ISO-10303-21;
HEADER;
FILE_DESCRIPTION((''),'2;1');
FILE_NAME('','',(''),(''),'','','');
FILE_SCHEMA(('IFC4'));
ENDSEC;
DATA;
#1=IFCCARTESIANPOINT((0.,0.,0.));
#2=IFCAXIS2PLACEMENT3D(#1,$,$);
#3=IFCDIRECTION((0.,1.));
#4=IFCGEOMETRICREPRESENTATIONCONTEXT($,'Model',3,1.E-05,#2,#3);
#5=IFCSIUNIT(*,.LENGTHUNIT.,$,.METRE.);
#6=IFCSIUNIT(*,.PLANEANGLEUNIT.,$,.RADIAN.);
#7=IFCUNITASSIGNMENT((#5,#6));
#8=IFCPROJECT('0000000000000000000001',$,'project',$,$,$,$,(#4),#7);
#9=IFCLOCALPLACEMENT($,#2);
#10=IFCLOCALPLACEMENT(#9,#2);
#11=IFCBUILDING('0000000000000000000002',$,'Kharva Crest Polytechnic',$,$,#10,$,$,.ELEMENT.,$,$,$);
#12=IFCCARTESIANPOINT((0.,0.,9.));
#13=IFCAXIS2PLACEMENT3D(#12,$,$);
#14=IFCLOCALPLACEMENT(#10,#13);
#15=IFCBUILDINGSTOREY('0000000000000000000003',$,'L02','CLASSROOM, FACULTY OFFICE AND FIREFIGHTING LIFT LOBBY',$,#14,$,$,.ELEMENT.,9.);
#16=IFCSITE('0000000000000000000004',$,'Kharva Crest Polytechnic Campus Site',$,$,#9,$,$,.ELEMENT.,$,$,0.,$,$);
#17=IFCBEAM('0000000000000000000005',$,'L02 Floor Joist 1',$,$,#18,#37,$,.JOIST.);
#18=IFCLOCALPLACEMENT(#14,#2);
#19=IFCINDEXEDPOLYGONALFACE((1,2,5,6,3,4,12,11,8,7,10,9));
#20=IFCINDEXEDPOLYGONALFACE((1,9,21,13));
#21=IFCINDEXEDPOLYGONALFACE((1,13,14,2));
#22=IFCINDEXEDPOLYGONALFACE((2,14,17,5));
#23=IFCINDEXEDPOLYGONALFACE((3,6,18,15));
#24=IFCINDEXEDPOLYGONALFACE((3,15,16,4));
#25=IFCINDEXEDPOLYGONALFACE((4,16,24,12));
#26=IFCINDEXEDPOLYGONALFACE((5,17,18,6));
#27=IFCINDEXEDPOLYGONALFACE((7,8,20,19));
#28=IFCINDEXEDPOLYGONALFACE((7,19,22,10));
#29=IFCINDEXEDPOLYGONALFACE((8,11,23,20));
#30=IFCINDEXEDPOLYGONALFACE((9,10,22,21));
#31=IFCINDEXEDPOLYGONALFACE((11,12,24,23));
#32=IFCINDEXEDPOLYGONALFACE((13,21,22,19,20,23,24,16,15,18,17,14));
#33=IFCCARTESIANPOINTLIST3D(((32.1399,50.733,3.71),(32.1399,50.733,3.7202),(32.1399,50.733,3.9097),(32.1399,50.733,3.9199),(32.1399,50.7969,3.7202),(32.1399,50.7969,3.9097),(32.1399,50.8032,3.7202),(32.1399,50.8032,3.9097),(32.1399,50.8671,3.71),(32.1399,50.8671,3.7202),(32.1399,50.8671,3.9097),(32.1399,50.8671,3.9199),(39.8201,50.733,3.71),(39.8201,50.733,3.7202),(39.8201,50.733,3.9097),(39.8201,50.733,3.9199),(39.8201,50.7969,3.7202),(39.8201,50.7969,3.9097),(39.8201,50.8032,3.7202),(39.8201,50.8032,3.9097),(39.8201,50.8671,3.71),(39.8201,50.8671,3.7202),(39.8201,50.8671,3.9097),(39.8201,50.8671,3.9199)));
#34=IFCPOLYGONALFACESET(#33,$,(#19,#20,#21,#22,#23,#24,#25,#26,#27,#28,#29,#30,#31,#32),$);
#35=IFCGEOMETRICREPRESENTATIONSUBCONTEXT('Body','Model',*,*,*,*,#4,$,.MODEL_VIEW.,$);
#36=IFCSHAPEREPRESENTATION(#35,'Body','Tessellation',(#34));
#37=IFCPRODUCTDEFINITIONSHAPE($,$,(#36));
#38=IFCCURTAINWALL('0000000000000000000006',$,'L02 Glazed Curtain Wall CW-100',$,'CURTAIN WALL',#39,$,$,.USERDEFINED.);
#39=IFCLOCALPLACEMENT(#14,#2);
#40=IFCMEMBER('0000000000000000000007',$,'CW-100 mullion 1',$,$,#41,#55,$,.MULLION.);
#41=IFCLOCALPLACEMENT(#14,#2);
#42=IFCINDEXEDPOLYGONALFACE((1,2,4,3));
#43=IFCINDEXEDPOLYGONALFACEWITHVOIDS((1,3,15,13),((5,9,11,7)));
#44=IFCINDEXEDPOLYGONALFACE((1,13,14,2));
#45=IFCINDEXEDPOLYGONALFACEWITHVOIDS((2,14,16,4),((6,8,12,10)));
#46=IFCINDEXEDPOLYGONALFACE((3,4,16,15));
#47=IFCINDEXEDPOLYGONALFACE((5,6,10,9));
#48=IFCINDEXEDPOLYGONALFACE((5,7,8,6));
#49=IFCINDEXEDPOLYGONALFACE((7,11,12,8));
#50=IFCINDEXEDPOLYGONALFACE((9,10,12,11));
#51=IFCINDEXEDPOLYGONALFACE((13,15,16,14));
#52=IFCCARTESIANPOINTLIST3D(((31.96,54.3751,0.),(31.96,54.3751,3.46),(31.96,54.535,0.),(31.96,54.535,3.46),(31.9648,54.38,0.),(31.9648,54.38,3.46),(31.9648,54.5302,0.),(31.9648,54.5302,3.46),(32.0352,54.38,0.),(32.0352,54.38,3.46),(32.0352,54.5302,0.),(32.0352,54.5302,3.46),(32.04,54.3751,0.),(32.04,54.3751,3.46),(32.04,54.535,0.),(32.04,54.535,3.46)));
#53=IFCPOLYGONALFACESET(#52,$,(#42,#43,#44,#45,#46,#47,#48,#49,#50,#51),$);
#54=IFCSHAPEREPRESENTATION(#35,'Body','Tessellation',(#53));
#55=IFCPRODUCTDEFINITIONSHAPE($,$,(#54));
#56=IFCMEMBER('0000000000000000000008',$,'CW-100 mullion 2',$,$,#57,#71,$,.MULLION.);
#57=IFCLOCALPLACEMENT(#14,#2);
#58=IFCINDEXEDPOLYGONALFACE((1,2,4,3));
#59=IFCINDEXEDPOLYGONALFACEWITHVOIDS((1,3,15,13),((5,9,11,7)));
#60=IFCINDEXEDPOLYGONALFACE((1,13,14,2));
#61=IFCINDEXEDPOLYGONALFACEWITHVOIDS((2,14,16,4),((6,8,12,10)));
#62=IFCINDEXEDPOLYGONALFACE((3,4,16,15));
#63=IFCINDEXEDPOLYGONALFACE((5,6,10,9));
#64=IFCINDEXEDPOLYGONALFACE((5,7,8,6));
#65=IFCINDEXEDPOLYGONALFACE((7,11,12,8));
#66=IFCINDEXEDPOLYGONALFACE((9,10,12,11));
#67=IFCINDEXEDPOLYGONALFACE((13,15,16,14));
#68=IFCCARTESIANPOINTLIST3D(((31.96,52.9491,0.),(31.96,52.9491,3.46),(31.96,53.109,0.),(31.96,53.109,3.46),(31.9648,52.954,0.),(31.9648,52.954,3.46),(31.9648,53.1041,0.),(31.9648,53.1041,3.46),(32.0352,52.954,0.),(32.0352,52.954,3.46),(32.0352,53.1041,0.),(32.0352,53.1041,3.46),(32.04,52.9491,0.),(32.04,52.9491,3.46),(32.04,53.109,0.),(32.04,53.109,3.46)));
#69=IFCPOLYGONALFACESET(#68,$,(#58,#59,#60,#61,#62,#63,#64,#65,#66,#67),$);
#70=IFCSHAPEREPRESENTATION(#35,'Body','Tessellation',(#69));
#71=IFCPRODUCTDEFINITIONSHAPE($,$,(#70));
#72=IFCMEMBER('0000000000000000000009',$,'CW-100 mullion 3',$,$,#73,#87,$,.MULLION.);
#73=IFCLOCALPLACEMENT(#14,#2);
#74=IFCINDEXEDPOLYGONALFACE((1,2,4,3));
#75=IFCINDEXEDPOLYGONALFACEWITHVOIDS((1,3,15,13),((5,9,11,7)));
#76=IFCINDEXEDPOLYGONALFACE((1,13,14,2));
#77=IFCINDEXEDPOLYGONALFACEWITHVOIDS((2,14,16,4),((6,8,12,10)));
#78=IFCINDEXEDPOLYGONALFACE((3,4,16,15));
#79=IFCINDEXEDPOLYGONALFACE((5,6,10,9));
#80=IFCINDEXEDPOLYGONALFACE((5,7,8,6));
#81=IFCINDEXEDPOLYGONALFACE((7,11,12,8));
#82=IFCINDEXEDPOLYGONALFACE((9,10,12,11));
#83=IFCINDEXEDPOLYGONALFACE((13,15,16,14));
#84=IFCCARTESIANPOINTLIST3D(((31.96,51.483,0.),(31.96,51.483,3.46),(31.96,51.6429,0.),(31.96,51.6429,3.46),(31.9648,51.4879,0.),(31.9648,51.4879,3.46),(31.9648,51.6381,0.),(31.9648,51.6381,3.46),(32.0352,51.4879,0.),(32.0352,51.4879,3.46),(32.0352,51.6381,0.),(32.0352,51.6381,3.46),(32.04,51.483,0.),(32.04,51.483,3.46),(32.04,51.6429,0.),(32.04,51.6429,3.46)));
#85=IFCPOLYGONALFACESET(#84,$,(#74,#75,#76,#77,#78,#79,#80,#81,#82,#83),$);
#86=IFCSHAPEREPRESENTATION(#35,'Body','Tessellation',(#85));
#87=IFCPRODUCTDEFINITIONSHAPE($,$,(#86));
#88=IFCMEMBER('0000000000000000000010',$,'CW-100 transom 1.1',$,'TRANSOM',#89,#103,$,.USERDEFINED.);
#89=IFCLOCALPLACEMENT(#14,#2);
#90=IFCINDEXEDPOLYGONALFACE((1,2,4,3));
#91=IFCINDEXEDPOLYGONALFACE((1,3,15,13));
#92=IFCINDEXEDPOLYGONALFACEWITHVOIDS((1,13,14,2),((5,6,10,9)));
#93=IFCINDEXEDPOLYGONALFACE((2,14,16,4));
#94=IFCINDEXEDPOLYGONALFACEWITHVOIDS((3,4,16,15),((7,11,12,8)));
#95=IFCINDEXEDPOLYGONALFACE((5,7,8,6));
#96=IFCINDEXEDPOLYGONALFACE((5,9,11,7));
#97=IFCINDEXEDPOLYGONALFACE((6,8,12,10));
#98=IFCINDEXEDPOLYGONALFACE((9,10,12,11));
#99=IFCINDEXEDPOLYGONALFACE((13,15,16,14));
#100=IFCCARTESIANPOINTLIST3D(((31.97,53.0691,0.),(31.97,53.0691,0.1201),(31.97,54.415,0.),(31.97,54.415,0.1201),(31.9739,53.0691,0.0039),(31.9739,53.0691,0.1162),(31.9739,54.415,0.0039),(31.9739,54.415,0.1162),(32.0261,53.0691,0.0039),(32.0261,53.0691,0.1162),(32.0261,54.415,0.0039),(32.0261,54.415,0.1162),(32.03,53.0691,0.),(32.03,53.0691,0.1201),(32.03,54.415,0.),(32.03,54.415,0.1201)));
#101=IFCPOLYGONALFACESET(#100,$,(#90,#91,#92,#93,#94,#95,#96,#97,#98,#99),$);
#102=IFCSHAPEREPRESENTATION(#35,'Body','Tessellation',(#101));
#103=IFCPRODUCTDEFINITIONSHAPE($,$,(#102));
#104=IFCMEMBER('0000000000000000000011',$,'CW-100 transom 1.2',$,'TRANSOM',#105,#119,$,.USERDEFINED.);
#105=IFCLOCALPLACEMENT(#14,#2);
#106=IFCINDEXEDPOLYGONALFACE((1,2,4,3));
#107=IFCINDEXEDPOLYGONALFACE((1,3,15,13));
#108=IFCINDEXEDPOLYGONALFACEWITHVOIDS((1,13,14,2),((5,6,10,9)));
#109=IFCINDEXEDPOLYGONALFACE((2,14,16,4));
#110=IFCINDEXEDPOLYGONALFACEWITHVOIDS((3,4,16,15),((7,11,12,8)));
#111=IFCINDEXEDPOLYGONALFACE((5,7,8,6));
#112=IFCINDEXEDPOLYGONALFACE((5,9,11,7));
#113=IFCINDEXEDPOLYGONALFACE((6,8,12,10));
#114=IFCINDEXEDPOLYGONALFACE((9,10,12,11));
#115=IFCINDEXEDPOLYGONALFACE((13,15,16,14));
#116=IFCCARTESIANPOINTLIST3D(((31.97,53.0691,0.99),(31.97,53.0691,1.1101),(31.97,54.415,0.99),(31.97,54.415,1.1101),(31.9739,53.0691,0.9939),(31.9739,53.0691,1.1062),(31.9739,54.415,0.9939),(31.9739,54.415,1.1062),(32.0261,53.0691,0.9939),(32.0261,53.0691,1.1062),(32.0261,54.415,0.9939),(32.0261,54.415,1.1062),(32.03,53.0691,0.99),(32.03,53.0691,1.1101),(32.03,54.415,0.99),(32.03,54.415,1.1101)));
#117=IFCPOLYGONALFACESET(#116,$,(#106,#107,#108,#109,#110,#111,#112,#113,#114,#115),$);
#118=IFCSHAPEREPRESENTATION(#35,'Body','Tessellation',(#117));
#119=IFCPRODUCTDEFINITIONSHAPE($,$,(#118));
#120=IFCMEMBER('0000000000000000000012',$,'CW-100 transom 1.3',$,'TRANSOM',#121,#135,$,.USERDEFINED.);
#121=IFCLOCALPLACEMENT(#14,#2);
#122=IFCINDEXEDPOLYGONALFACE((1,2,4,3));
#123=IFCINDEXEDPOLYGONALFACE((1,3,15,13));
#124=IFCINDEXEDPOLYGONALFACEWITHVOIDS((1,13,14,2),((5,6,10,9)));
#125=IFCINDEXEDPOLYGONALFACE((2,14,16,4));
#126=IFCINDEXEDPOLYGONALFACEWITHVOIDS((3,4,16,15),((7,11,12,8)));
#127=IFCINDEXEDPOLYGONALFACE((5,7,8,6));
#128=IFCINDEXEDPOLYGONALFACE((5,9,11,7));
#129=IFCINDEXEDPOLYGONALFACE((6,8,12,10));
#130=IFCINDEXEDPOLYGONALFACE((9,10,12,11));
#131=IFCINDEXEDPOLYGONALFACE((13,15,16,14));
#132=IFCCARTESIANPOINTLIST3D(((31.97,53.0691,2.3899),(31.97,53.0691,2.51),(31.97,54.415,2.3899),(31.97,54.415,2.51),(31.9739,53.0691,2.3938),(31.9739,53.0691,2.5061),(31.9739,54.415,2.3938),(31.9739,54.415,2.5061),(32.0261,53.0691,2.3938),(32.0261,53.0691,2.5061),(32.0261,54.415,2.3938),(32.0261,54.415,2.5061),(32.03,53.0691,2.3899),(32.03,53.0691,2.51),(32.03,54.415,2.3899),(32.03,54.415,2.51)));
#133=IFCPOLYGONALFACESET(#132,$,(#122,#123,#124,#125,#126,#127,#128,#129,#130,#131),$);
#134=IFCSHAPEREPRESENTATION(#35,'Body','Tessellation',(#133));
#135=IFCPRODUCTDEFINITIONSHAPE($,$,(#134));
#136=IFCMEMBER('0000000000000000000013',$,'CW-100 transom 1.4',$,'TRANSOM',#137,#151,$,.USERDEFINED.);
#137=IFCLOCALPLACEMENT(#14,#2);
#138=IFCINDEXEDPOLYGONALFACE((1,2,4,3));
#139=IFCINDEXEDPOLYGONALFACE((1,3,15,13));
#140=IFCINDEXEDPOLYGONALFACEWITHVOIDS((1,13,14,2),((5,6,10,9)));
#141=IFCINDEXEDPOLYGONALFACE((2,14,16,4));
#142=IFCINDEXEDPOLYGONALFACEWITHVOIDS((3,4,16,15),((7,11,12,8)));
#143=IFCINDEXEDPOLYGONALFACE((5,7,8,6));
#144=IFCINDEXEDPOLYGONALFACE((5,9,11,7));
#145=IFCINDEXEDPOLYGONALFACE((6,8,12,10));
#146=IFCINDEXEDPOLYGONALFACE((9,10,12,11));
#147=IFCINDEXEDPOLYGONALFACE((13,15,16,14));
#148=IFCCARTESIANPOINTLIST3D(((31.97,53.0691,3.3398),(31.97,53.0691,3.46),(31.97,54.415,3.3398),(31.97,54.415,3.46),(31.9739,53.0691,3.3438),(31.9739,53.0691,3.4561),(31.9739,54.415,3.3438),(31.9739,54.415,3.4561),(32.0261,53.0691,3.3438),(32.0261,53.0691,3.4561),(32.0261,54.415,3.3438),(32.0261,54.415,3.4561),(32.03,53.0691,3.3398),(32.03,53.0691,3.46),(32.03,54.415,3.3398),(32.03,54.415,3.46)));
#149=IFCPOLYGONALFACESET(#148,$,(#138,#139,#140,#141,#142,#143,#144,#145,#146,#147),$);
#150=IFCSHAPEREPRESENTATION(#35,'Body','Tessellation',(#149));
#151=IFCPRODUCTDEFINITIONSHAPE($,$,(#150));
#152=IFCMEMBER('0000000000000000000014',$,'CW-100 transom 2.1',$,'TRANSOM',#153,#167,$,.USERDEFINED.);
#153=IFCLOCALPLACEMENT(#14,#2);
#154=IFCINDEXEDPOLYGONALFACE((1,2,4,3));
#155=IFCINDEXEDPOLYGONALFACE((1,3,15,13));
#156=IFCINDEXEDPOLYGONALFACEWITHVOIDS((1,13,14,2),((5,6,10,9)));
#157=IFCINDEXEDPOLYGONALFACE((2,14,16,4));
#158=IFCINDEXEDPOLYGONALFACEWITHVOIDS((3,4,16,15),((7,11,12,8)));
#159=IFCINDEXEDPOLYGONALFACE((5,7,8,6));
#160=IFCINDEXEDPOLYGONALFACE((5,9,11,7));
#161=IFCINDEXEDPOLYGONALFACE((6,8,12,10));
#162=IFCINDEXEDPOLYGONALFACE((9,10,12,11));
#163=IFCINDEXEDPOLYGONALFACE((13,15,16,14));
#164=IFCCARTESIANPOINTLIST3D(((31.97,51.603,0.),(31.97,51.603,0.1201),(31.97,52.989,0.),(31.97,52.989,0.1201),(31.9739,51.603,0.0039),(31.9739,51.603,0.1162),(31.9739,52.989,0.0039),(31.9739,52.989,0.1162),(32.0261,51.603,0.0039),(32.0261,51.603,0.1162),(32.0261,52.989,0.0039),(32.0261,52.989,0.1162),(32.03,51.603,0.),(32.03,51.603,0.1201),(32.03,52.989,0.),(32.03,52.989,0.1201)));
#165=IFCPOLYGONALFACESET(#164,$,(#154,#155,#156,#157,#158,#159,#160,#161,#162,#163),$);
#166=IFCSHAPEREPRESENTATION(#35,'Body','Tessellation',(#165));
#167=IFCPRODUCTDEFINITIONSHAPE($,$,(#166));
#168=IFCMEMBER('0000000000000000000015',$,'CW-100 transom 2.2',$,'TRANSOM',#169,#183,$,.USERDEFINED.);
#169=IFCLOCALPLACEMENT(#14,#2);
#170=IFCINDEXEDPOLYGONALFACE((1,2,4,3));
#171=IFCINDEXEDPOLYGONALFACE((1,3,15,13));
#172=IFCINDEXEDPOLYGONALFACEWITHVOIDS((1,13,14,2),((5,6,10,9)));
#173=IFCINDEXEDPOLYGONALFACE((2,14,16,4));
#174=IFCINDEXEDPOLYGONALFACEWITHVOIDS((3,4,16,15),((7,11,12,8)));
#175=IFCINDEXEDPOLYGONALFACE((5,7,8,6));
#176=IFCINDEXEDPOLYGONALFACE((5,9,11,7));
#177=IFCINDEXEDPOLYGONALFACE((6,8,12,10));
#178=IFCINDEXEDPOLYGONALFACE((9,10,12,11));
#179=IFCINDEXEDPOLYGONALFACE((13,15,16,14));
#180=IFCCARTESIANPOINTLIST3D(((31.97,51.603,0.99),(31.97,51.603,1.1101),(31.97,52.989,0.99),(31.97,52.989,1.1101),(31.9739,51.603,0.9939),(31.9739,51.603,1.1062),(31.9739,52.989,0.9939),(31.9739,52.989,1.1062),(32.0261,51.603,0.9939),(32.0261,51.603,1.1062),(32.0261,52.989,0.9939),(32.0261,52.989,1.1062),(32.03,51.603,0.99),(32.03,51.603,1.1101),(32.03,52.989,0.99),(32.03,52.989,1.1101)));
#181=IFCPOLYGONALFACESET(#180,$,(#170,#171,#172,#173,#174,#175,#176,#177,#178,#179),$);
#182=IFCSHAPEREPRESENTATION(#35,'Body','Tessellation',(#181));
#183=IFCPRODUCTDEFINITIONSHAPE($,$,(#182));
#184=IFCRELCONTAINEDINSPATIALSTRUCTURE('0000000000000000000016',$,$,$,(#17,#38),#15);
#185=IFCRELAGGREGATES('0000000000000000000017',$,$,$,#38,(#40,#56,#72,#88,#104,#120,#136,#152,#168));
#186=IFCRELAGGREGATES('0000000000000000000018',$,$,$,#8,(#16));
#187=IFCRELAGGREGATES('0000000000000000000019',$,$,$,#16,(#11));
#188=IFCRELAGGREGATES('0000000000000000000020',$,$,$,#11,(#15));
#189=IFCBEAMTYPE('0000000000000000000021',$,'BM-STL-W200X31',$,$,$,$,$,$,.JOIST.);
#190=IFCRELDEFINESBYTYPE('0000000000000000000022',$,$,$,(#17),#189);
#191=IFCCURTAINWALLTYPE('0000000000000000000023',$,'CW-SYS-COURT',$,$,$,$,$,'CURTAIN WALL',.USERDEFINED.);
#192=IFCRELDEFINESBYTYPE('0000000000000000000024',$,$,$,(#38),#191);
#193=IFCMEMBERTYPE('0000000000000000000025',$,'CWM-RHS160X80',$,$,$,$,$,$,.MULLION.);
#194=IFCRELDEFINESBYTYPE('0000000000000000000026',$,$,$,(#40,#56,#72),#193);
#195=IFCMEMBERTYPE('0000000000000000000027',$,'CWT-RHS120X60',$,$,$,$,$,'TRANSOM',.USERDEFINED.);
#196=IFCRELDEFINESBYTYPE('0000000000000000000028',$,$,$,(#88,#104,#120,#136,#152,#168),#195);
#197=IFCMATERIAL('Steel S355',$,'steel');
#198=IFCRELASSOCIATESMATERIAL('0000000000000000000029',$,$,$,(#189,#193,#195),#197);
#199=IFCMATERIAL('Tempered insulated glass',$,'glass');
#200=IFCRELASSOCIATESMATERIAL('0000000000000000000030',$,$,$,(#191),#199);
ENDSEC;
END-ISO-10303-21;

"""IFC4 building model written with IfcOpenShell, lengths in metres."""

from ifc_helpers import new_model, si_unit, direction, frame, origin, origin_2d, place, context, subcontext, project, spatial, hollow_rectangle, i_section, extrude, material, material_profile, profile_set, type_object, element, aggregate, save


model = new_model("IFC4")

# Units and contexts
model_context = context("Model", 3, precision=1e-05, world=origin(), true_north=direction((0.0, 1.0)))
body_context = subcontext(model_context, "Body", "Model", "MODEL_VIEW")
ifc_project = project(units=[si_unit("LENGTHUNIT", "METRE"), si_unit("PLANEANGLEUNIT", "RADIAN")], contexts=[model_context])

# Site, building, storey
site_placement = place(None, origin())
site = spatial("IfcSite", under=ifc_project, at=site_placement, Name="Kharva Crest Polytechnic Campus Site", CompositionType="ELEMENT", RefElevation=0.0)
building_placement = place(site_placement, origin())
building = spatial("IfcBuilding", under=site, at=building_placement, Name="Kharva Crest Polytechnic", CompositionType="ELEMENT")
storey_placement = place(building_placement, frame((0.0, 0.0, 9.0)))
storey = spatial("IfcBuildingStorey", under=building, at=storey_placement, Name="L02", Description="CLASSROOM, FACULTY OFFICE AND FIREFIGHTING LIFT LOBBY", CompositionType="ELEMENT", Elevation=9.0)

# Beam
ifc_material_1 = material(Name="Steel S355", Category="steel")
ifc_material_profile_1 = material_profile(ifc_material_1, i_section(OverallWidth=0.134, OverallDepth=0.21, WebThickness=0.0063, FlangeThickness=0.0103, at=origin_2d()), Name="W200X31.3")
ifc_profile_set_1 = profile_set([ifc_material_profile_1], Name="Steel S355")
beam_type = type_object("IfcBeamType", Name="BM-STL-W200X31", PredefinedType="JOIST", material=ifc_profile_set_1)
beam_placement = place(storey_placement, frame((32.1399, 50.8, 3.8149), z_axis=(1.0, 0.0, 0.0), x_axis=(0.0, 1.0, 0.0)))
element("IfcBeam", 1, at=beam_placement, inside=storey, type_object=beam_type, Name="L02 Floor Joist 1", PredefinedType="JOIST", context=body_context, shape_type="SweptSolid", body=[
    extrude(i_section(OverallWidth=0.134, OverallDepth=0.21, WebThickness=0.0063, FlangeThickness=0.0103, at=origin_2d()), origin(), (0.0, 0.0, 1.0), 7.6802),
])

# Curtain wall, members
ifc_material_2 = material(Name="Tempered insulated glass", Category="glass")
curtain_wall_type_1 = type_object("IfcCurtainWallType", Name="CW-SYS-COURT", ElementType="CURTAIN WALL", PredefinedType="USERDEFINED", material=ifc_material_2)
curtain_wall_1_placement = place(storey_placement, origin())
curtain_wall_1 = element("IfcCurtainWall", 2, at=curtain_wall_1_placement, inside=storey, type_object=curtain_wall_type_1, Name="L02 Glazed Curtain Wall CW-100", ObjectType="CURTAIN WALL", PredefinedType="USERDEFINED")
ifc_material_profile_2 = material_profile(ifc_material_1, hollow_rectangle(XDim=0.0801, YDim=0.1599, WallThickness=0.0049, at=origin_2d()), Name="RHS 160X80X5.0")
ifc_profile_set_2 = profile_set([ifc_material_profile_2], Name="Steel S355")
member_type_1 = type_object("IfcMemberType", Name="CWM-RHS160X80", PredefinedType="MULLION", material=ifc_profile_set_2)
member_1_placement = place(storey_placement, frame((32.0, 54.4551, 0.0), z_axis=(0.0, 0.0, 1.0), x_axis=(1.0, 0.0, 0.0)))
member_1 = element("IfcMember", 3, at=member_1_placement, type_object=member_type_1, Name="CW-100 mullion 1", PredefinedType="MULLION", context=body_context, shape_type="SweptSolid", body=[
    extrude(hollow_rectangle(XDim=0.0801, YDim=0.1599, WallThickness=0.0049, at=origin_2d()), origin(), (0.0, 0.0, 1.0), 3.46),
])
member_2_placement = place(storey_placement, frame((32.0, 53.0291, 0.0), z_axis=(0.0, 0.0, 1.0), x_axis=(1.0, 0.0, 0.0)))
member_2 = element("IfcMember", 4, at=member_2_placement, type_object=member_type_1, Name="CW-100 mullion 2", PredefinedType="MULLION", context=body_context, shape_type="SweptSolid", body=[
    extrude(hollow_rectangle(XDim=0.0801, YDim=0.1599, WallThickness=0.0049, at=origin_2d()), origin(), (0.0, 0.0, 1.0), 3.46),
])
member_3_placement = place(storey_placement, frame((32.0, 51.563, 0.0), z_axis=(0.0, 0.0, 1.0), x_axis=(1.0, 0.0, 0.0)))
member_3 = element("IfcMember", 5, at=member_3_placement, type_object=member_type_1, Name="CW-100 mullion 3", PredefinedType="MULLION", context=body_context, shape_type="SweptSolid", body=[
    extrude(hollow_rectangle(XDim=0.0801, YDim=0.1599, WallThickness=0.0049, at=origin_2d()), origin(), (0.0, 0.0, 1.0), 3.46),
])
ifc_material_profile_3 = material_profile(ifc_material_1, hollow_rectangle(XDim=0.0601, YDim=0.1201, WallThickness=0.0039, at=origin_2d()), Name="RHS 120X60X4.0")
ifc_profile_set_3 = profile_set([ifc_material_profile_3], Name="Steel S355")
member_type_2 = type_object("IfcMemberType", Name="CWT-RHS120X60", ElementType="TRANSOM", PredefinedType="USERDEFINED", material=ifc_profile_set_3)
member_4_placement = place(storey_placement, frame((32.0, 54.415, 0.0601), z_axis=(0.0, -1.0, 0.0), x_axis=(1.0, 0.0, 0.0)))
member_4 = element("IfcMember", 6, at=member_4_placement, type_object=member_type_2, Name="CW-100 transom 1.1", ObjectType="TRANSOM", PredefinedType="USERDEFINED", context=body_context, shape_type="SweptSolid", body=[
    extrude(hollow_rectangle(XDim=0.0601, YDim=0.1201, WallThickness=0.0039, at=origin_2d()), origin(), (0.0, 0.0, 1.0), 1.3459),
])
member_5_placement = place(storey_placement, frame((32.0, 54.415, 1.05), z_axis=(0.0, -1.0, 0.0), x_axis=(1.0, 0.0, 0.0)))
member_5 = element("IfcMember", 7, at=member_5_placement, type_object=member_type_2, Name="CW-100 transom 1.2", ObjectType="TRANSOM", PredefinedType="USERDEFINED", context=body_context, shape_type="SweptSolid", body=[
    extrude(hollow_rectangle(XDim=0.0601, YDim=0.1201, WallThickness=0.0039, at=origin_2d()), origin(), (0.0, 0.0, 1.0), 1.3459),
])
member_6_placement = place(storey_placement, frame((32.0, 54.415, 2.45), z_axis=(0.0, -1.0, 0.0), x_axis=(1.0, 0.0, 0.0)))
member_6 = element("IfcMember", 8, at=member_6_placement, type_object=member_type_2, Name="CW-100 transom 1.3", ObjectType="TRANSOM", PredefinedType="USERDEFINED", context=body_context, shape_type="SweptSolid", body=[
    extrude(hollow_rectangle(XDim=0.0601, YDim=0.1201, WallThickness=0.0039, at=origin_2d()), origin(), (0.0, 0.0, 1.0), 1.3459),
])
member_7_placement = place(storey_placement, frame((32.0, 54.415, 3.3999), z_axis=(0.0, -1.0, 0.0), x_axis=(1.0, 0.0, 0.0)))
member_7 = element("IfcMember", 9, at=member_7_placement, type_object=member_type_2, Name="CW-100 transom 1.4", ObjectType="TRANSOM", PredefinedType="USERDEFINED", context=body_context, shape_type="SweptSolid", body=[
    extrude(hollow_rectangle(XDim=0.0601, YDim=0.1201, WallThickness=0.0039, at=origin_2d()), origin(), (0.0, 0.0, 1.0), 1.3459),
])
member_8_placement = place(storey_placement, frame((32.0, 52.989, 0.0601), z_axis=(0.0, -1.0, 0.0), x_axis=(1.0, 0.0, 0.0)))
member_8 = element("IfcMember", 10, at=member_8_placement, type_object=member_type_2, Name="CW-100 transom 2.1", ObjectType="TRANSOM", PredefinedType="USERDEFINED", context=body_context, shape_type="SweptSolid", body=[
    extrude(hollow_rectangle(XDim=0.0601, YDim=0.1201, WallThickness=0.0039, at=origin_2d()), origin(), (0.0, 0.0, 1.0), 1.386),
])
member_9_placement = place(storey_placement, frame((32.0, 52.989, 1.05), z_axis=(0.0, -1.0, 0.0), x_axis=(1.0, 0.0, 0.0)))
member_9 = element("IfcMember", 11, at=member_9_placement, type_object=member_type_2, Name="CW-100 transom 2.2", ObjectType="TRANSOM", PredefinedType="USERDEFINED", context=body_context, shape_type="SweptSolid", body=[
    extrude(hollow_rectangle(XDim=0.0601, YDim=0.1201, WallThickness=0.0039, at=origin_2d()), origin(), (0.0, 0.0, 1.0), 1.386),
])

aggregate(curtain_wall_1, [member_1, member_2, member_3, member_4, member_5, member_6, member_7, member_8, member_9])

save(model, "model.ifc")
